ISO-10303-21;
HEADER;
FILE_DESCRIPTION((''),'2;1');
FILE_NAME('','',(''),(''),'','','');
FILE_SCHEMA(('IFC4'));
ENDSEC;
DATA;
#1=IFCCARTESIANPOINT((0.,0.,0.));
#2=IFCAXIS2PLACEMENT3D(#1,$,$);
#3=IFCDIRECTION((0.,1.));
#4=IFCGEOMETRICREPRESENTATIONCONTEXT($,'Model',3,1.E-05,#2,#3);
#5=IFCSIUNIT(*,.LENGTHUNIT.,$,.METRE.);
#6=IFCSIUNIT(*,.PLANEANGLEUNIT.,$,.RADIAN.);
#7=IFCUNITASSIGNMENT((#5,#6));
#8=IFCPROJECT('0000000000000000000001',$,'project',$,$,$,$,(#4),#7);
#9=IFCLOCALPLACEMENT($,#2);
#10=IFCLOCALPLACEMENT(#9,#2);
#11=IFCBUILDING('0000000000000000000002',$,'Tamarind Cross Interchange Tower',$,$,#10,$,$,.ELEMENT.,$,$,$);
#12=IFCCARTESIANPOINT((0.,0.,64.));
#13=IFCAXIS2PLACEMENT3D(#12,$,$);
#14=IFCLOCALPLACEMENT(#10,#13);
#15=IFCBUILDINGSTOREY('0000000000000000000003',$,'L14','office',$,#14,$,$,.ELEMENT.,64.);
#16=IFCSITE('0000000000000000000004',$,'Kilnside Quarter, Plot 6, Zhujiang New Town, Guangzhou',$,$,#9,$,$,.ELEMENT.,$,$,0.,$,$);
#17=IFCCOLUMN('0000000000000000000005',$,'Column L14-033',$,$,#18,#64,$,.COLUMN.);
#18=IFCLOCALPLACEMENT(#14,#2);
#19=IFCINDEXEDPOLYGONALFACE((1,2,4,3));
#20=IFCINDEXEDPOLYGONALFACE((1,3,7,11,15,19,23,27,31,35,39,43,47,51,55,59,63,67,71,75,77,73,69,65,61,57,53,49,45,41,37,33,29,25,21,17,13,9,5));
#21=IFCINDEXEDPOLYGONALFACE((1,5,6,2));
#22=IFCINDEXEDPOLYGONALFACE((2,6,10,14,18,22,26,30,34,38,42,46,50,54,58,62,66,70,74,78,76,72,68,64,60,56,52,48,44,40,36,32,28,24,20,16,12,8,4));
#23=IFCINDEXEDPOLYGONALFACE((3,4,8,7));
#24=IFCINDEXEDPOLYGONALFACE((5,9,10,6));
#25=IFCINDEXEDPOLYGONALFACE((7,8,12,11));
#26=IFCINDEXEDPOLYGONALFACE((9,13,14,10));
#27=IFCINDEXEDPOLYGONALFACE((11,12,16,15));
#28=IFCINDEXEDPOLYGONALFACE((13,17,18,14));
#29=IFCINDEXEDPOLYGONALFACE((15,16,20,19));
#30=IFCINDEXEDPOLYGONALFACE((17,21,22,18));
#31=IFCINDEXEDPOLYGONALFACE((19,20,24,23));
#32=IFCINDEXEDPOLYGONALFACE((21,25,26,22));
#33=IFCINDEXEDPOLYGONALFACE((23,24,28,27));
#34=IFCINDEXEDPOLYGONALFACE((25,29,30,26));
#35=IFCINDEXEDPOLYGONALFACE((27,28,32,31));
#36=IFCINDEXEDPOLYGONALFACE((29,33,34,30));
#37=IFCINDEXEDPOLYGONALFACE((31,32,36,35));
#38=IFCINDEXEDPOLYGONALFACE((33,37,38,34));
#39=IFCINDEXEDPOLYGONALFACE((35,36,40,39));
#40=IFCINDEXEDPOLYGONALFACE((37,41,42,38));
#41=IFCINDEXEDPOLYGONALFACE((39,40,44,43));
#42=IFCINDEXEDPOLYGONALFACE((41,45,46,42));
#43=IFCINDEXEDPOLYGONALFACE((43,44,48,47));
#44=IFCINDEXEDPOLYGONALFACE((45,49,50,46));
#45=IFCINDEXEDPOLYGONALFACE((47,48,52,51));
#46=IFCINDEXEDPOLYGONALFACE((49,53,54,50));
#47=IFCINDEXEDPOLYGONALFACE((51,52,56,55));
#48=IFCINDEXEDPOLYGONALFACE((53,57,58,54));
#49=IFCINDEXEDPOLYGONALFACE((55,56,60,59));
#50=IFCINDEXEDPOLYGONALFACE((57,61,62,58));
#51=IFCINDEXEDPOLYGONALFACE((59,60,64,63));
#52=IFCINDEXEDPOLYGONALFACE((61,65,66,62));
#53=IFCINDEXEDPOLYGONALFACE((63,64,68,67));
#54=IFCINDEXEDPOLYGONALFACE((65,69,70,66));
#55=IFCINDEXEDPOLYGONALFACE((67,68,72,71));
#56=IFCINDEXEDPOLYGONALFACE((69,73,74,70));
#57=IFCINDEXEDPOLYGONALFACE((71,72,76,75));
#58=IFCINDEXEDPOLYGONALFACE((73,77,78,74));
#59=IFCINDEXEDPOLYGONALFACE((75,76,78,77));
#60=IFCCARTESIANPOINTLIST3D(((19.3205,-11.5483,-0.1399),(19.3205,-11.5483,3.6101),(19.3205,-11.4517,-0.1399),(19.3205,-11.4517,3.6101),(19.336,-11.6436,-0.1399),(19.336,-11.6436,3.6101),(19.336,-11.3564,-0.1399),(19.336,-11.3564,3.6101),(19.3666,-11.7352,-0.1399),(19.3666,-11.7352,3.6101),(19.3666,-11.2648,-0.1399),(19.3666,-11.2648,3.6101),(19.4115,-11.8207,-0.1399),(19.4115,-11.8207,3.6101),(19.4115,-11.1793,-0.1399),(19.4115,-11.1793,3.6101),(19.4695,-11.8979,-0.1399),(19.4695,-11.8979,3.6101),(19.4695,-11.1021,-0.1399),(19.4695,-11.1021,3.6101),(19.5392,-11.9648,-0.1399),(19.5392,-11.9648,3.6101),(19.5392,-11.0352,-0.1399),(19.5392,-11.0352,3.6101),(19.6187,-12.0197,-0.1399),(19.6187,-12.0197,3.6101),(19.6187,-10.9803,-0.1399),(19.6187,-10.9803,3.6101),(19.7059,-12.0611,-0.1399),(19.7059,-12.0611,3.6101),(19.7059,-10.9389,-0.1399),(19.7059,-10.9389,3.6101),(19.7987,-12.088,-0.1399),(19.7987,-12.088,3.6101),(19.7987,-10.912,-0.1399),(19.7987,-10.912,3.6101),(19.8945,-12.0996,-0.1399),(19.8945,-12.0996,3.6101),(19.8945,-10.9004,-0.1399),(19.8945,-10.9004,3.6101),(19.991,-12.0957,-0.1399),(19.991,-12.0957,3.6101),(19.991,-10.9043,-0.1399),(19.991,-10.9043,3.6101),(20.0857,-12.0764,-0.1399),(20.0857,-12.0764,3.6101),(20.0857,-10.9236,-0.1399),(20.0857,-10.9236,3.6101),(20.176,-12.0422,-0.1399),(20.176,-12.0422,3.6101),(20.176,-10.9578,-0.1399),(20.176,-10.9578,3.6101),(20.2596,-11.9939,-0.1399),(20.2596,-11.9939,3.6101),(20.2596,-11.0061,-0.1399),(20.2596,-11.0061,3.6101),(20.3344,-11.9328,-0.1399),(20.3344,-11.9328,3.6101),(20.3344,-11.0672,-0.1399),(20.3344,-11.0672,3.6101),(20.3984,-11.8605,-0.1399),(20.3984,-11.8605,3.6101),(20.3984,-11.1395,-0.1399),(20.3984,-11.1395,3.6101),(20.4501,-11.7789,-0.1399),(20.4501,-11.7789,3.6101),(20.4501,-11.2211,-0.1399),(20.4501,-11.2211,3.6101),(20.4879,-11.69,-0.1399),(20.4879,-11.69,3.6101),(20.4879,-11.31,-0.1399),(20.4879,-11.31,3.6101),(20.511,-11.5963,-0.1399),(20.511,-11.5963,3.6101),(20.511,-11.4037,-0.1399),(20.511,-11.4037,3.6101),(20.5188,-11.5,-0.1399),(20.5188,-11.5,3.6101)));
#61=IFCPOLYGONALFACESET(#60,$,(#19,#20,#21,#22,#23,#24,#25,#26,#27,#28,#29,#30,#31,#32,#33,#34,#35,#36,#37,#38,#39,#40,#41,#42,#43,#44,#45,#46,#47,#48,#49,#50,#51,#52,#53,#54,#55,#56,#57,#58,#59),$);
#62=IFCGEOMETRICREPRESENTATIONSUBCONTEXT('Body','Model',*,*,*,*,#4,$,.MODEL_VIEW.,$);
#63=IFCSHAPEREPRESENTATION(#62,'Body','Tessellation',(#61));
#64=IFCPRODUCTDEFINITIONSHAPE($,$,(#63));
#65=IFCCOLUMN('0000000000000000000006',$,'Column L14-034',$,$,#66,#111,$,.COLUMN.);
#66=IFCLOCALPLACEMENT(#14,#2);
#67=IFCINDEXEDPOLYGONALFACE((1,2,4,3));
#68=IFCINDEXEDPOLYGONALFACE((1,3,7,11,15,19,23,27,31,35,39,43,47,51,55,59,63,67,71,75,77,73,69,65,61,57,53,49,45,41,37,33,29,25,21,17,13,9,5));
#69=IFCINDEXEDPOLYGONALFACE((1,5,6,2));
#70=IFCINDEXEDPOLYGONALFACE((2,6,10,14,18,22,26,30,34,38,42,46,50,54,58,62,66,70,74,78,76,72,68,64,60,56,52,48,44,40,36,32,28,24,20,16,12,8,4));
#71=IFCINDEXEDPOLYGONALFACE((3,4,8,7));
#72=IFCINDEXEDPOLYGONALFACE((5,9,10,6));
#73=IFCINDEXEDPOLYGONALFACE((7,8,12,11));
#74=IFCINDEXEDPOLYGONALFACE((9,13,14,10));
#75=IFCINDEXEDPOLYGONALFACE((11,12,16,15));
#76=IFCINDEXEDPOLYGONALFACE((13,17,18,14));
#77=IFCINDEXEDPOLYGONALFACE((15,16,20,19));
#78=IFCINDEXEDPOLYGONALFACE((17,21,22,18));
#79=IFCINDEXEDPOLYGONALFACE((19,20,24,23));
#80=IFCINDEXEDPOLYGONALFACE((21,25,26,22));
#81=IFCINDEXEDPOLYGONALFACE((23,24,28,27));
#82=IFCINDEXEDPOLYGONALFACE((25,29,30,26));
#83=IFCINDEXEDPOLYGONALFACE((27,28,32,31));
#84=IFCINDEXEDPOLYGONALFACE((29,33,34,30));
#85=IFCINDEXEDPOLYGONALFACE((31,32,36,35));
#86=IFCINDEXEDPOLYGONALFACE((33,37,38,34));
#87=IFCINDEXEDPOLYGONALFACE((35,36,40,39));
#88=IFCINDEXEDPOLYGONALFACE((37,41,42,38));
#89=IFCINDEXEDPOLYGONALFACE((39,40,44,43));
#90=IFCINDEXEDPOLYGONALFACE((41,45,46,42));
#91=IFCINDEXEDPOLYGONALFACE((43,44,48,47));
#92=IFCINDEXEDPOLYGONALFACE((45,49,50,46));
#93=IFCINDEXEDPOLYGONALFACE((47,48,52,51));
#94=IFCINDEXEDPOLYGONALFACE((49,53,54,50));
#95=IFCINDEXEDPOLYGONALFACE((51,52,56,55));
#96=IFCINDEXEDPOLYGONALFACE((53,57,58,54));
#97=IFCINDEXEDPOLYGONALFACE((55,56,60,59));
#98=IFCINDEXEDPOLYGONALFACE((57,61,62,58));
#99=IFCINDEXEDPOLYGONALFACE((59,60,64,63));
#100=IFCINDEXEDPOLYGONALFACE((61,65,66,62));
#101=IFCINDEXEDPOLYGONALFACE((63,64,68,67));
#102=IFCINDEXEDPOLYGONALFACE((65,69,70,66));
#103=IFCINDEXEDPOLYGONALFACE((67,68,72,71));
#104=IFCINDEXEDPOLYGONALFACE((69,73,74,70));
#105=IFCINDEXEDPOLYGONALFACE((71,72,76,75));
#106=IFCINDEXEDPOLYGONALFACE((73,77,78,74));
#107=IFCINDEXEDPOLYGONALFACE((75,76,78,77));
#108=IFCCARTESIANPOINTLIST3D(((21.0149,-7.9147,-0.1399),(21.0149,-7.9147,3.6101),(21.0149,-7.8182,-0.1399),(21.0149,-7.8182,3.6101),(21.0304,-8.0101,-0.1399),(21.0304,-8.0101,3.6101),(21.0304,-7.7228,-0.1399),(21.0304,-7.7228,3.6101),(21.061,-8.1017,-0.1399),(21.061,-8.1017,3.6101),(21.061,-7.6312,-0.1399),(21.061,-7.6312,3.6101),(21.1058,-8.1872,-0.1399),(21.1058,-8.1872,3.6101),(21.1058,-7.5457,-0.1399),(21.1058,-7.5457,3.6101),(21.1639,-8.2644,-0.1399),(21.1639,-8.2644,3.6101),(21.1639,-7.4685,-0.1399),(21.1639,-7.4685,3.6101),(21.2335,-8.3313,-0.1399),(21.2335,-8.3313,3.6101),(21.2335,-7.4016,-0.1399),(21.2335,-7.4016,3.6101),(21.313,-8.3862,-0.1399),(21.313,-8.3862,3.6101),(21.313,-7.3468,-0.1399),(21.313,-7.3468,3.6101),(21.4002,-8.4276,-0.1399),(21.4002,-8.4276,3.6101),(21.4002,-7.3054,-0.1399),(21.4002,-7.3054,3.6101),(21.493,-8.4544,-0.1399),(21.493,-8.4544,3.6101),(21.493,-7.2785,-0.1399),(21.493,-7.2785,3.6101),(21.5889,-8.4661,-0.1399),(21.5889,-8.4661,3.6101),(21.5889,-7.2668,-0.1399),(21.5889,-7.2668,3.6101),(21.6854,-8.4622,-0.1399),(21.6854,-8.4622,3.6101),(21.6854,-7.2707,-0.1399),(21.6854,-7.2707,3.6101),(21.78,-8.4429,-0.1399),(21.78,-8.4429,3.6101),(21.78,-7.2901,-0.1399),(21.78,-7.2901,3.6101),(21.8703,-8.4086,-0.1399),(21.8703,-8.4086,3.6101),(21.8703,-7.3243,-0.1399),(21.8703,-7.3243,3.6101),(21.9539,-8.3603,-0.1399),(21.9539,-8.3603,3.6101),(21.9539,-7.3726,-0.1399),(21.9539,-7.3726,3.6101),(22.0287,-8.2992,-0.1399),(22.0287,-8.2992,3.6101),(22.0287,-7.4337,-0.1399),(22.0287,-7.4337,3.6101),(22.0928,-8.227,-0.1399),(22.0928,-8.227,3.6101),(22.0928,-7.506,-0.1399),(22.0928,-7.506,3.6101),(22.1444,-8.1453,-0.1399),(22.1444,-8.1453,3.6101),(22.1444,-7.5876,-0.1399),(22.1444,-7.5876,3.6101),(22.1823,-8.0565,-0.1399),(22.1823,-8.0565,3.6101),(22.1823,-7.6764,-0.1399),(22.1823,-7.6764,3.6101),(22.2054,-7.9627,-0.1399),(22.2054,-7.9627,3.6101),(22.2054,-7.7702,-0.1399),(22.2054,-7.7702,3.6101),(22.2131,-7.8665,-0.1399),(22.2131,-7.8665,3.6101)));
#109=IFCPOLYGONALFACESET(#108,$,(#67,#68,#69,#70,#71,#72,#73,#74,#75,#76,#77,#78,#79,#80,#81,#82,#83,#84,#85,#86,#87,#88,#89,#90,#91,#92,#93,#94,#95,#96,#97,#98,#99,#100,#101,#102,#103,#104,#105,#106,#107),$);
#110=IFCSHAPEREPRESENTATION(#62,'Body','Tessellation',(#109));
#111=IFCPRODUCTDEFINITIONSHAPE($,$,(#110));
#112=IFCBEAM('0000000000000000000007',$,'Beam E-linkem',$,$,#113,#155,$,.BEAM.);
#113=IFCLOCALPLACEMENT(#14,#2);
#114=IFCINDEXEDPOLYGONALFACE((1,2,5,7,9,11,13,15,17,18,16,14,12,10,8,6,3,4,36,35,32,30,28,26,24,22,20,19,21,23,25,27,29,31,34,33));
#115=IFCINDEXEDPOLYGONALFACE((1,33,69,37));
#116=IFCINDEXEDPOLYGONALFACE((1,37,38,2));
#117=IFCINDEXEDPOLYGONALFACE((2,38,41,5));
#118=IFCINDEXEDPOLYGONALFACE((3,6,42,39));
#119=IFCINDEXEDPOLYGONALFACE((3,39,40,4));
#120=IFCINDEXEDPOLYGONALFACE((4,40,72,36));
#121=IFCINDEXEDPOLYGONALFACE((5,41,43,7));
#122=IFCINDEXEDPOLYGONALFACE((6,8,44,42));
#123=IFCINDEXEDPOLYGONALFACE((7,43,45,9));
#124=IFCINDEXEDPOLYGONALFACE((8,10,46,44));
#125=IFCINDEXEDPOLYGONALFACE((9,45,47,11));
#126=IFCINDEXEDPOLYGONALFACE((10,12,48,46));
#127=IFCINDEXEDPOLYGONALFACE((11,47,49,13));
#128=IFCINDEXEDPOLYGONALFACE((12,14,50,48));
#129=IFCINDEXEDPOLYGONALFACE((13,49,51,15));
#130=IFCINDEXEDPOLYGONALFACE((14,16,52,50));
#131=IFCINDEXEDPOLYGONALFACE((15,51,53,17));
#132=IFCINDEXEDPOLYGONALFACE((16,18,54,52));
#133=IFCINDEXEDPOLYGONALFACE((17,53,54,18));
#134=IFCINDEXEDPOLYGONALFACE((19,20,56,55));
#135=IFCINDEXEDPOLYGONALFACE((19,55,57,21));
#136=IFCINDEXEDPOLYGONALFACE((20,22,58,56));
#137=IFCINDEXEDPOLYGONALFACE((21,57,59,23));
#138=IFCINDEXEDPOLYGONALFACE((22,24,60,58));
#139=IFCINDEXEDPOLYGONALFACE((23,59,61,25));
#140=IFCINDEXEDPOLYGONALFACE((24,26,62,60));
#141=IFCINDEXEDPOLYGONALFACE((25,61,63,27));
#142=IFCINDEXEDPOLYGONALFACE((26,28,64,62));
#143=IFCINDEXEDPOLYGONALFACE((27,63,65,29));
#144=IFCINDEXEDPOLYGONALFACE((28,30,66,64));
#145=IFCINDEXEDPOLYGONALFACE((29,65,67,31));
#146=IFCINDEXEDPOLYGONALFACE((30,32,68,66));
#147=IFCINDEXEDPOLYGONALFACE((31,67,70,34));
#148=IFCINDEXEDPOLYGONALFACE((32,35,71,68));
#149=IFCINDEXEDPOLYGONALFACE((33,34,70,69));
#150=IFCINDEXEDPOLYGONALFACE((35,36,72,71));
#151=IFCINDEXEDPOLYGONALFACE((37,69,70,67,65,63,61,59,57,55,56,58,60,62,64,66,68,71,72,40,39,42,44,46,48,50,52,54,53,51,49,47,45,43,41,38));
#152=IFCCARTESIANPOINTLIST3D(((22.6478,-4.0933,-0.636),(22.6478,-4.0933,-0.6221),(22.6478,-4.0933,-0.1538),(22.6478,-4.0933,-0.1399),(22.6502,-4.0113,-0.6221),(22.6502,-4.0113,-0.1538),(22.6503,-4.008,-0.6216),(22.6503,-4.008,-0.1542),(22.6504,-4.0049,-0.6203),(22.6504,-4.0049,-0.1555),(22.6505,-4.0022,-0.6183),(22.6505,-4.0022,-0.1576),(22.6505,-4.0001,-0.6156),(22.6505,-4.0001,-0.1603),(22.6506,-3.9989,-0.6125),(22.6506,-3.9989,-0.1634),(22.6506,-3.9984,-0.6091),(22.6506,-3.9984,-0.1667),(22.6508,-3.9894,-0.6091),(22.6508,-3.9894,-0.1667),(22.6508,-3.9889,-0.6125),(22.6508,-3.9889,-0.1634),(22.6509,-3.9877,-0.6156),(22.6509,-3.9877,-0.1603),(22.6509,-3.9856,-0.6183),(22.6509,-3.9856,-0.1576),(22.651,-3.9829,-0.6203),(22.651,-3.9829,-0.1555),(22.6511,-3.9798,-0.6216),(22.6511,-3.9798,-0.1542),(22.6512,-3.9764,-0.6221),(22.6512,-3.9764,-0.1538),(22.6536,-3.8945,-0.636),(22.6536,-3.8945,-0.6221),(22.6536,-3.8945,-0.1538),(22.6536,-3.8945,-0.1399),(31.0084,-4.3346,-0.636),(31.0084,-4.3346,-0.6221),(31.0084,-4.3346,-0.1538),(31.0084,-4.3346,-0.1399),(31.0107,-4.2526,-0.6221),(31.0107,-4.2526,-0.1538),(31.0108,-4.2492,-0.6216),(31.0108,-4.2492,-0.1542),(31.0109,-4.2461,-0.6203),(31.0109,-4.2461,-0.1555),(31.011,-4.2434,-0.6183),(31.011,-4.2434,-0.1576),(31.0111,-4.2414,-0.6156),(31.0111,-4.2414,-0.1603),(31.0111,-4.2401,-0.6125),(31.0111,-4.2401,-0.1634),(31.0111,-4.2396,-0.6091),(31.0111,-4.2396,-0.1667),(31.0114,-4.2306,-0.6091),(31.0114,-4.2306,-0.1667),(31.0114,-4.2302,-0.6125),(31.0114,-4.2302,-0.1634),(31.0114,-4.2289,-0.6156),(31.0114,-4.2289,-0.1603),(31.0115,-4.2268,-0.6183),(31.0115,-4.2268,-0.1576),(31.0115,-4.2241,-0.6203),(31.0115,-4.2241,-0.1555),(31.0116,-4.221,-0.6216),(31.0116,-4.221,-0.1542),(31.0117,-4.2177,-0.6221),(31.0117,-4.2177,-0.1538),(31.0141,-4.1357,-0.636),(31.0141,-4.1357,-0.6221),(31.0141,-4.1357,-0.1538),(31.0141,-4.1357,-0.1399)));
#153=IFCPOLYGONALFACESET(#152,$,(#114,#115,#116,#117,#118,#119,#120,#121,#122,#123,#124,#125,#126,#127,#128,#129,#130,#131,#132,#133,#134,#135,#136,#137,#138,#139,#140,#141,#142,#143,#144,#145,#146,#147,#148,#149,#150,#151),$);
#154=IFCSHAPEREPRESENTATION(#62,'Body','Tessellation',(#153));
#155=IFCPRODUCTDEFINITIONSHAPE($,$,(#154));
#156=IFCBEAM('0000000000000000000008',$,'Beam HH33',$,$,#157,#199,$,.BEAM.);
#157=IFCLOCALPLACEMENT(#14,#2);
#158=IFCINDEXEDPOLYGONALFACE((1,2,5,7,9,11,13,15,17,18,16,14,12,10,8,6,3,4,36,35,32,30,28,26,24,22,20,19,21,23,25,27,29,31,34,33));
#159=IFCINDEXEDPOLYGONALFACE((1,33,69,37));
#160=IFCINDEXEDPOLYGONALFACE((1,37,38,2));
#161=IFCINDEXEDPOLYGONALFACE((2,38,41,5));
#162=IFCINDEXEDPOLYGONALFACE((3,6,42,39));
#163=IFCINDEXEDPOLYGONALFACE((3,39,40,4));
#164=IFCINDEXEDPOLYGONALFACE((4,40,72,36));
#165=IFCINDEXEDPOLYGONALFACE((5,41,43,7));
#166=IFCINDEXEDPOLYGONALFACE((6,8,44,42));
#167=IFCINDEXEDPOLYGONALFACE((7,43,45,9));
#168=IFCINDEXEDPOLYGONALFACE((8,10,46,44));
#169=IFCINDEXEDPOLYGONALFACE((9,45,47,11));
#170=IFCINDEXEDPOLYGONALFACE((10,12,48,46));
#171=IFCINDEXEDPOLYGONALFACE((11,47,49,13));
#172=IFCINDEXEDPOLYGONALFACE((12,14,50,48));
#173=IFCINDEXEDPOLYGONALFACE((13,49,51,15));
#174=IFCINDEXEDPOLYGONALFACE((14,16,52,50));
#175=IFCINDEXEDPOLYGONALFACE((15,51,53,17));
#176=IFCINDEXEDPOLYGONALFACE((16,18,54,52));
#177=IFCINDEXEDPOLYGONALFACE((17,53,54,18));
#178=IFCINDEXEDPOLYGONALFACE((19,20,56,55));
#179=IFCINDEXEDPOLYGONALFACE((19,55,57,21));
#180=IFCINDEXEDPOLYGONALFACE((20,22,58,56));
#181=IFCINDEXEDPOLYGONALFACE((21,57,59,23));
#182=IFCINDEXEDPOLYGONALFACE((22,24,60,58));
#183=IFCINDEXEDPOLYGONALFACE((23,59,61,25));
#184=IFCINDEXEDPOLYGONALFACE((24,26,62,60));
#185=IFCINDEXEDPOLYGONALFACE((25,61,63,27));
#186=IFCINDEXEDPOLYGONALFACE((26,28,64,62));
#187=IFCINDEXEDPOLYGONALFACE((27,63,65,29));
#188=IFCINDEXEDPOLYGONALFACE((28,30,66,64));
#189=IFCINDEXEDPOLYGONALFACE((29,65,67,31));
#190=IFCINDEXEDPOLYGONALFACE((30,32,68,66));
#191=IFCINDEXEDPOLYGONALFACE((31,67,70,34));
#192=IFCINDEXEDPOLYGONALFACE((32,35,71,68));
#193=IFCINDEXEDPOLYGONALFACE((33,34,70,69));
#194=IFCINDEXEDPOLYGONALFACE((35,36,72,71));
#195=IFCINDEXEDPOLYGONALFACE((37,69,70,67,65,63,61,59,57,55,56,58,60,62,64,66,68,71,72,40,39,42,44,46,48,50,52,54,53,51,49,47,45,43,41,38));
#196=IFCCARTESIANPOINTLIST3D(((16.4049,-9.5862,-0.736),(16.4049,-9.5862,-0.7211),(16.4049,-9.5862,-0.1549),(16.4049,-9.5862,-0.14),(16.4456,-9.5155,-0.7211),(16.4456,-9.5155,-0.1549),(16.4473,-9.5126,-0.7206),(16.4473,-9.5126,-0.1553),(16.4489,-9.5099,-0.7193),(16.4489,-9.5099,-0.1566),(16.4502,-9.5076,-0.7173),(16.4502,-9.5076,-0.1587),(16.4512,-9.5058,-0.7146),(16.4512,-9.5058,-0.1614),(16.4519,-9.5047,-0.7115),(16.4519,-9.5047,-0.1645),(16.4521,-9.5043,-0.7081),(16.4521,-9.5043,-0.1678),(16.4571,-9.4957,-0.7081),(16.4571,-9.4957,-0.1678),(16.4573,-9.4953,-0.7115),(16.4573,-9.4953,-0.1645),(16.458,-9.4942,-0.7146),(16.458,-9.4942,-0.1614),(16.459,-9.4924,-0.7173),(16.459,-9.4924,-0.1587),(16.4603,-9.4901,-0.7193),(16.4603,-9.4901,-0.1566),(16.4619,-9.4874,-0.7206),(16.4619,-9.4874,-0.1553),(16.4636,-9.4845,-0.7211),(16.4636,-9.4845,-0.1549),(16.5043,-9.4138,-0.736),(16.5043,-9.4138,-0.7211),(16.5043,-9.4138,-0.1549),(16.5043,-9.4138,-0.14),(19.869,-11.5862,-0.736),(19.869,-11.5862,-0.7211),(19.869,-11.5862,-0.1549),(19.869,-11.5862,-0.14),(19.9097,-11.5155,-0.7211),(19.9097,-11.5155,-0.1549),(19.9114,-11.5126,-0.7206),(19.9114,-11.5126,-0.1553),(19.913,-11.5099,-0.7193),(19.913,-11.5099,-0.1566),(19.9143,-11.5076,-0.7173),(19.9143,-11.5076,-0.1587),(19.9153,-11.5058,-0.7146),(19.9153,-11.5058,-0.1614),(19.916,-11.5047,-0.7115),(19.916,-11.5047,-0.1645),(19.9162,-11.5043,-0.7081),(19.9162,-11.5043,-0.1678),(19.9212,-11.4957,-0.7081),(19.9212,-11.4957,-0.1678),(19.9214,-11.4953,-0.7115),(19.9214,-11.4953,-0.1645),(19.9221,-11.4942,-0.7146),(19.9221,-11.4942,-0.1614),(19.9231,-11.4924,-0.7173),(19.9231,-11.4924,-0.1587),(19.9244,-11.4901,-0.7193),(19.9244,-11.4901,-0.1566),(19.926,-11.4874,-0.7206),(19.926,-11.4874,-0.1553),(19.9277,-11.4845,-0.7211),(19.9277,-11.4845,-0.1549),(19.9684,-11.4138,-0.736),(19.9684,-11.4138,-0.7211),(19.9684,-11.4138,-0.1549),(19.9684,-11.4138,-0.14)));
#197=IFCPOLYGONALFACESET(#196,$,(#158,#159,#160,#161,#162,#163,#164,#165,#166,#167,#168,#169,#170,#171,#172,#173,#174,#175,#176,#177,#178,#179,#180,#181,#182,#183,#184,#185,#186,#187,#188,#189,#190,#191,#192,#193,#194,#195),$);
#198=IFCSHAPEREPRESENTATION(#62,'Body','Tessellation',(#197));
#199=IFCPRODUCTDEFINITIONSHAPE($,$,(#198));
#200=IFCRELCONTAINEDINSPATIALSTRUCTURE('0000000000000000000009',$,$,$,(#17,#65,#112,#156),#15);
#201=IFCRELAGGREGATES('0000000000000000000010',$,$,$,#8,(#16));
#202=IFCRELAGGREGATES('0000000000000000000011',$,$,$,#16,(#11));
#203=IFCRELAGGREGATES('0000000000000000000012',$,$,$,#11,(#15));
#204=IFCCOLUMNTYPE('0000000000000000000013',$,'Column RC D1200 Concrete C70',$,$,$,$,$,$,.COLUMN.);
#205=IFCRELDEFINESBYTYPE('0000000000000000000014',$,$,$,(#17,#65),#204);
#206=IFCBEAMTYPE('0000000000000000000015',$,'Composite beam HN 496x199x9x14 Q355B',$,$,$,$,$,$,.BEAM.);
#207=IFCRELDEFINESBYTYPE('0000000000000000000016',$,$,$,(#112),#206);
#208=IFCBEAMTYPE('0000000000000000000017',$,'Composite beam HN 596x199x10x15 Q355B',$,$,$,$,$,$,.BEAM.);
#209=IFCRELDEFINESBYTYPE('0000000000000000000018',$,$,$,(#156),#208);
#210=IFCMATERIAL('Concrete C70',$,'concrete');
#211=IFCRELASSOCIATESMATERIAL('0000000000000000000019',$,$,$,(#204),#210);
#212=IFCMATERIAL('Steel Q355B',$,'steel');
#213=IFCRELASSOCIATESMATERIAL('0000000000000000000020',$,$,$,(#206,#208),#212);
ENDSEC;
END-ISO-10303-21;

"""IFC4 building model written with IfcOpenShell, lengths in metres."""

from ifc_helpers import new_model, si_unit, direction, frame, origin, origin_2d, place, context, subcontext, project, spatial, circle, i_section, extrude, material, material_profile, profile_set, type_object, element, save


model = new_model("IFC4")

# Units and contexts
model_context = context("Model", 3, precision=1e-05, world=origin(), true_north=direction((0.0, 1.0)))
body_context = subcontext(model_context, "Body", "Model", "MODEL_VIEW")
ifc_project = project(units=[si_unit("LENGTHUNIT", "METRE"), si_unit("PLANEANGLEUNIT", "RADIAN")], contexts=[model_context])

# Site, building, storey
site_placement = place(None, origin())
site = spatial("IfcSite", under=ifc_project, at=site_placement, Name="Kilnside Quarter, Plot 6, Zhujiang New Town, Guangzhou", CompositionType="ELEMENT", RefElevation=0.0)
building_placement = place(site_placement, origin())
building = spatial("IfcBuilding", under=site, at=building_placement, Name="Tamarind Cross Interchange Tower", CompositionType="ELEMENT")
storey_placement = place(building_placement, frame((0.0, 0.0, 64.0)))
storey = spatial("IfcBuildingStorey", under=building, at=storey_placement, Name="L14", Description="office", CompositionType="ELEMENT", Elevation=64.0)

# Columns
ifc_material_1 = material(Name="Concrete C70", Category="concrete")
ifc_material_profile_1 = material_profile(ifc_material_1, circle(Radius=0.6001, at=origin_2d()), Name="RC D1200")
ifc_profile_set_1 = profile_set([ifc_material_profile_1], Name="Concrete C70")
column_type = type_object("IfcColumnType", Name="Column RC D1200 Concrete C70", PredefinedType="COLUMN", material=ifc_profile_set_1)
for number, where, z_axis, x_axis, name in (
    (1, (19.9187, -11.5, -0.1399), (0.0, 0.0, 1.0), (1.0, 0.0, 0.0), "Column L14-033"),
    (2, (21.613, -7.8665, -0.1399), (0.0, 0.0, 1.0), (1.0, 0.0, 0.0), "Column L14-034"),
):
    element("IfcColumn", number, at=place(storey_placement, frame(where, z_axis=z_axis, x_axis=x_axis)), inside=storey, type_object=column_type, Name=name, PredefinedType="COLUMN", context=body_context, shape_type="SweptSolid", body=[
        extrude(circle(Radius=0.6001, at=origin_2d()), origin(), (0.0, 0.0, 1.0), 3.75),
    ])

# Beams
ifc_material_2 = material(Name="Steel Q355B", Category="steel")
ifc_material_profile_2 = material_profile(ifc_material_2, i_section(OverallWidth=0.199, OverallDepth=0.4961, WebThickness=0.009, FlangeThickness=0.0139, FilletRadius=0.0129, at=origin_2d()), Name="HN 496x199x9x14")
ifc_profile_set_2 = profile_set([ifc_material_profile_2], Name="Steel Q355B")
beam_type_1 = type_object("IfcBeamType", Name="Composite beam HN 496x199x9x14 Q355B", PredefinedType="BEAM", material=ifc_profile_set_2)
beam_1_placement = place(storey_placement, frame((31.0112, -4.2351, -0.3879), z_axis=(-0.999584, 0.028839, 0.0), x_axis=(-0.028839, -0.999584, 0.0)))
element("IfcBeam", 3, at=beam_1_placement, inside=storey, type_object=beam_type_1, Name="Beam E-linkem", PredefinedType="BEAM", context=body_context, shape_type="SweptSolid", body=[
    extrude(i_section(OverallWidth=0.199, OverallDepth=0.4961, WebThickness=0.009, FlangeThickness=0.0139, FilletRadius=0.0129, at=origin_2d()), origin(), (0.0, 0.0, 1.0), 8.364),
])
ifc_material_profile_3 = material_profile(ifc_material_2, i_section(OverallWidth=0.199, OverallDepth=0.5959, WebThickness=0.01, FlangeThickness=0.0149, FilletRadius=0.0129, at=origin_2d()), Name="HN 596x199x10x15")
ifc_profile_set_3 = profile_set([ifc_material_profile_3], Name="Steel Q355B")
beam_type_2 = type_object("IfcBeamType", Name="Composite beam HN 596x199x10x15 Q355B", PredefinedType="BEAM", material=ifc_profile_set_3)
beam_2_placement = place(storey_placement, frame((19.9187, -11.5, -0.438), z_axis=(-0.866026, 0.499999, 0.0), x_axis=(-0.499999, -0.866026, 0.0)))
element("IfcBeam", 4, at=beam_2_placement, inside=storey, type_object=beam_type_2, Name="Beam HH33", PredefinedType="BEAM", context=body_context, shape_type="SweptSolid", body=[
    extrude(i_section(OverallWidth=0.199, OverallDepth=0.5959, WebThickness=0.01, FlangeThickness=0.0149, FilletRadius=0.0129, at=origin_2d()), origin(), (0.0, 0.0, 1.0), 4.0),
])

save(model, "model.ifc")
